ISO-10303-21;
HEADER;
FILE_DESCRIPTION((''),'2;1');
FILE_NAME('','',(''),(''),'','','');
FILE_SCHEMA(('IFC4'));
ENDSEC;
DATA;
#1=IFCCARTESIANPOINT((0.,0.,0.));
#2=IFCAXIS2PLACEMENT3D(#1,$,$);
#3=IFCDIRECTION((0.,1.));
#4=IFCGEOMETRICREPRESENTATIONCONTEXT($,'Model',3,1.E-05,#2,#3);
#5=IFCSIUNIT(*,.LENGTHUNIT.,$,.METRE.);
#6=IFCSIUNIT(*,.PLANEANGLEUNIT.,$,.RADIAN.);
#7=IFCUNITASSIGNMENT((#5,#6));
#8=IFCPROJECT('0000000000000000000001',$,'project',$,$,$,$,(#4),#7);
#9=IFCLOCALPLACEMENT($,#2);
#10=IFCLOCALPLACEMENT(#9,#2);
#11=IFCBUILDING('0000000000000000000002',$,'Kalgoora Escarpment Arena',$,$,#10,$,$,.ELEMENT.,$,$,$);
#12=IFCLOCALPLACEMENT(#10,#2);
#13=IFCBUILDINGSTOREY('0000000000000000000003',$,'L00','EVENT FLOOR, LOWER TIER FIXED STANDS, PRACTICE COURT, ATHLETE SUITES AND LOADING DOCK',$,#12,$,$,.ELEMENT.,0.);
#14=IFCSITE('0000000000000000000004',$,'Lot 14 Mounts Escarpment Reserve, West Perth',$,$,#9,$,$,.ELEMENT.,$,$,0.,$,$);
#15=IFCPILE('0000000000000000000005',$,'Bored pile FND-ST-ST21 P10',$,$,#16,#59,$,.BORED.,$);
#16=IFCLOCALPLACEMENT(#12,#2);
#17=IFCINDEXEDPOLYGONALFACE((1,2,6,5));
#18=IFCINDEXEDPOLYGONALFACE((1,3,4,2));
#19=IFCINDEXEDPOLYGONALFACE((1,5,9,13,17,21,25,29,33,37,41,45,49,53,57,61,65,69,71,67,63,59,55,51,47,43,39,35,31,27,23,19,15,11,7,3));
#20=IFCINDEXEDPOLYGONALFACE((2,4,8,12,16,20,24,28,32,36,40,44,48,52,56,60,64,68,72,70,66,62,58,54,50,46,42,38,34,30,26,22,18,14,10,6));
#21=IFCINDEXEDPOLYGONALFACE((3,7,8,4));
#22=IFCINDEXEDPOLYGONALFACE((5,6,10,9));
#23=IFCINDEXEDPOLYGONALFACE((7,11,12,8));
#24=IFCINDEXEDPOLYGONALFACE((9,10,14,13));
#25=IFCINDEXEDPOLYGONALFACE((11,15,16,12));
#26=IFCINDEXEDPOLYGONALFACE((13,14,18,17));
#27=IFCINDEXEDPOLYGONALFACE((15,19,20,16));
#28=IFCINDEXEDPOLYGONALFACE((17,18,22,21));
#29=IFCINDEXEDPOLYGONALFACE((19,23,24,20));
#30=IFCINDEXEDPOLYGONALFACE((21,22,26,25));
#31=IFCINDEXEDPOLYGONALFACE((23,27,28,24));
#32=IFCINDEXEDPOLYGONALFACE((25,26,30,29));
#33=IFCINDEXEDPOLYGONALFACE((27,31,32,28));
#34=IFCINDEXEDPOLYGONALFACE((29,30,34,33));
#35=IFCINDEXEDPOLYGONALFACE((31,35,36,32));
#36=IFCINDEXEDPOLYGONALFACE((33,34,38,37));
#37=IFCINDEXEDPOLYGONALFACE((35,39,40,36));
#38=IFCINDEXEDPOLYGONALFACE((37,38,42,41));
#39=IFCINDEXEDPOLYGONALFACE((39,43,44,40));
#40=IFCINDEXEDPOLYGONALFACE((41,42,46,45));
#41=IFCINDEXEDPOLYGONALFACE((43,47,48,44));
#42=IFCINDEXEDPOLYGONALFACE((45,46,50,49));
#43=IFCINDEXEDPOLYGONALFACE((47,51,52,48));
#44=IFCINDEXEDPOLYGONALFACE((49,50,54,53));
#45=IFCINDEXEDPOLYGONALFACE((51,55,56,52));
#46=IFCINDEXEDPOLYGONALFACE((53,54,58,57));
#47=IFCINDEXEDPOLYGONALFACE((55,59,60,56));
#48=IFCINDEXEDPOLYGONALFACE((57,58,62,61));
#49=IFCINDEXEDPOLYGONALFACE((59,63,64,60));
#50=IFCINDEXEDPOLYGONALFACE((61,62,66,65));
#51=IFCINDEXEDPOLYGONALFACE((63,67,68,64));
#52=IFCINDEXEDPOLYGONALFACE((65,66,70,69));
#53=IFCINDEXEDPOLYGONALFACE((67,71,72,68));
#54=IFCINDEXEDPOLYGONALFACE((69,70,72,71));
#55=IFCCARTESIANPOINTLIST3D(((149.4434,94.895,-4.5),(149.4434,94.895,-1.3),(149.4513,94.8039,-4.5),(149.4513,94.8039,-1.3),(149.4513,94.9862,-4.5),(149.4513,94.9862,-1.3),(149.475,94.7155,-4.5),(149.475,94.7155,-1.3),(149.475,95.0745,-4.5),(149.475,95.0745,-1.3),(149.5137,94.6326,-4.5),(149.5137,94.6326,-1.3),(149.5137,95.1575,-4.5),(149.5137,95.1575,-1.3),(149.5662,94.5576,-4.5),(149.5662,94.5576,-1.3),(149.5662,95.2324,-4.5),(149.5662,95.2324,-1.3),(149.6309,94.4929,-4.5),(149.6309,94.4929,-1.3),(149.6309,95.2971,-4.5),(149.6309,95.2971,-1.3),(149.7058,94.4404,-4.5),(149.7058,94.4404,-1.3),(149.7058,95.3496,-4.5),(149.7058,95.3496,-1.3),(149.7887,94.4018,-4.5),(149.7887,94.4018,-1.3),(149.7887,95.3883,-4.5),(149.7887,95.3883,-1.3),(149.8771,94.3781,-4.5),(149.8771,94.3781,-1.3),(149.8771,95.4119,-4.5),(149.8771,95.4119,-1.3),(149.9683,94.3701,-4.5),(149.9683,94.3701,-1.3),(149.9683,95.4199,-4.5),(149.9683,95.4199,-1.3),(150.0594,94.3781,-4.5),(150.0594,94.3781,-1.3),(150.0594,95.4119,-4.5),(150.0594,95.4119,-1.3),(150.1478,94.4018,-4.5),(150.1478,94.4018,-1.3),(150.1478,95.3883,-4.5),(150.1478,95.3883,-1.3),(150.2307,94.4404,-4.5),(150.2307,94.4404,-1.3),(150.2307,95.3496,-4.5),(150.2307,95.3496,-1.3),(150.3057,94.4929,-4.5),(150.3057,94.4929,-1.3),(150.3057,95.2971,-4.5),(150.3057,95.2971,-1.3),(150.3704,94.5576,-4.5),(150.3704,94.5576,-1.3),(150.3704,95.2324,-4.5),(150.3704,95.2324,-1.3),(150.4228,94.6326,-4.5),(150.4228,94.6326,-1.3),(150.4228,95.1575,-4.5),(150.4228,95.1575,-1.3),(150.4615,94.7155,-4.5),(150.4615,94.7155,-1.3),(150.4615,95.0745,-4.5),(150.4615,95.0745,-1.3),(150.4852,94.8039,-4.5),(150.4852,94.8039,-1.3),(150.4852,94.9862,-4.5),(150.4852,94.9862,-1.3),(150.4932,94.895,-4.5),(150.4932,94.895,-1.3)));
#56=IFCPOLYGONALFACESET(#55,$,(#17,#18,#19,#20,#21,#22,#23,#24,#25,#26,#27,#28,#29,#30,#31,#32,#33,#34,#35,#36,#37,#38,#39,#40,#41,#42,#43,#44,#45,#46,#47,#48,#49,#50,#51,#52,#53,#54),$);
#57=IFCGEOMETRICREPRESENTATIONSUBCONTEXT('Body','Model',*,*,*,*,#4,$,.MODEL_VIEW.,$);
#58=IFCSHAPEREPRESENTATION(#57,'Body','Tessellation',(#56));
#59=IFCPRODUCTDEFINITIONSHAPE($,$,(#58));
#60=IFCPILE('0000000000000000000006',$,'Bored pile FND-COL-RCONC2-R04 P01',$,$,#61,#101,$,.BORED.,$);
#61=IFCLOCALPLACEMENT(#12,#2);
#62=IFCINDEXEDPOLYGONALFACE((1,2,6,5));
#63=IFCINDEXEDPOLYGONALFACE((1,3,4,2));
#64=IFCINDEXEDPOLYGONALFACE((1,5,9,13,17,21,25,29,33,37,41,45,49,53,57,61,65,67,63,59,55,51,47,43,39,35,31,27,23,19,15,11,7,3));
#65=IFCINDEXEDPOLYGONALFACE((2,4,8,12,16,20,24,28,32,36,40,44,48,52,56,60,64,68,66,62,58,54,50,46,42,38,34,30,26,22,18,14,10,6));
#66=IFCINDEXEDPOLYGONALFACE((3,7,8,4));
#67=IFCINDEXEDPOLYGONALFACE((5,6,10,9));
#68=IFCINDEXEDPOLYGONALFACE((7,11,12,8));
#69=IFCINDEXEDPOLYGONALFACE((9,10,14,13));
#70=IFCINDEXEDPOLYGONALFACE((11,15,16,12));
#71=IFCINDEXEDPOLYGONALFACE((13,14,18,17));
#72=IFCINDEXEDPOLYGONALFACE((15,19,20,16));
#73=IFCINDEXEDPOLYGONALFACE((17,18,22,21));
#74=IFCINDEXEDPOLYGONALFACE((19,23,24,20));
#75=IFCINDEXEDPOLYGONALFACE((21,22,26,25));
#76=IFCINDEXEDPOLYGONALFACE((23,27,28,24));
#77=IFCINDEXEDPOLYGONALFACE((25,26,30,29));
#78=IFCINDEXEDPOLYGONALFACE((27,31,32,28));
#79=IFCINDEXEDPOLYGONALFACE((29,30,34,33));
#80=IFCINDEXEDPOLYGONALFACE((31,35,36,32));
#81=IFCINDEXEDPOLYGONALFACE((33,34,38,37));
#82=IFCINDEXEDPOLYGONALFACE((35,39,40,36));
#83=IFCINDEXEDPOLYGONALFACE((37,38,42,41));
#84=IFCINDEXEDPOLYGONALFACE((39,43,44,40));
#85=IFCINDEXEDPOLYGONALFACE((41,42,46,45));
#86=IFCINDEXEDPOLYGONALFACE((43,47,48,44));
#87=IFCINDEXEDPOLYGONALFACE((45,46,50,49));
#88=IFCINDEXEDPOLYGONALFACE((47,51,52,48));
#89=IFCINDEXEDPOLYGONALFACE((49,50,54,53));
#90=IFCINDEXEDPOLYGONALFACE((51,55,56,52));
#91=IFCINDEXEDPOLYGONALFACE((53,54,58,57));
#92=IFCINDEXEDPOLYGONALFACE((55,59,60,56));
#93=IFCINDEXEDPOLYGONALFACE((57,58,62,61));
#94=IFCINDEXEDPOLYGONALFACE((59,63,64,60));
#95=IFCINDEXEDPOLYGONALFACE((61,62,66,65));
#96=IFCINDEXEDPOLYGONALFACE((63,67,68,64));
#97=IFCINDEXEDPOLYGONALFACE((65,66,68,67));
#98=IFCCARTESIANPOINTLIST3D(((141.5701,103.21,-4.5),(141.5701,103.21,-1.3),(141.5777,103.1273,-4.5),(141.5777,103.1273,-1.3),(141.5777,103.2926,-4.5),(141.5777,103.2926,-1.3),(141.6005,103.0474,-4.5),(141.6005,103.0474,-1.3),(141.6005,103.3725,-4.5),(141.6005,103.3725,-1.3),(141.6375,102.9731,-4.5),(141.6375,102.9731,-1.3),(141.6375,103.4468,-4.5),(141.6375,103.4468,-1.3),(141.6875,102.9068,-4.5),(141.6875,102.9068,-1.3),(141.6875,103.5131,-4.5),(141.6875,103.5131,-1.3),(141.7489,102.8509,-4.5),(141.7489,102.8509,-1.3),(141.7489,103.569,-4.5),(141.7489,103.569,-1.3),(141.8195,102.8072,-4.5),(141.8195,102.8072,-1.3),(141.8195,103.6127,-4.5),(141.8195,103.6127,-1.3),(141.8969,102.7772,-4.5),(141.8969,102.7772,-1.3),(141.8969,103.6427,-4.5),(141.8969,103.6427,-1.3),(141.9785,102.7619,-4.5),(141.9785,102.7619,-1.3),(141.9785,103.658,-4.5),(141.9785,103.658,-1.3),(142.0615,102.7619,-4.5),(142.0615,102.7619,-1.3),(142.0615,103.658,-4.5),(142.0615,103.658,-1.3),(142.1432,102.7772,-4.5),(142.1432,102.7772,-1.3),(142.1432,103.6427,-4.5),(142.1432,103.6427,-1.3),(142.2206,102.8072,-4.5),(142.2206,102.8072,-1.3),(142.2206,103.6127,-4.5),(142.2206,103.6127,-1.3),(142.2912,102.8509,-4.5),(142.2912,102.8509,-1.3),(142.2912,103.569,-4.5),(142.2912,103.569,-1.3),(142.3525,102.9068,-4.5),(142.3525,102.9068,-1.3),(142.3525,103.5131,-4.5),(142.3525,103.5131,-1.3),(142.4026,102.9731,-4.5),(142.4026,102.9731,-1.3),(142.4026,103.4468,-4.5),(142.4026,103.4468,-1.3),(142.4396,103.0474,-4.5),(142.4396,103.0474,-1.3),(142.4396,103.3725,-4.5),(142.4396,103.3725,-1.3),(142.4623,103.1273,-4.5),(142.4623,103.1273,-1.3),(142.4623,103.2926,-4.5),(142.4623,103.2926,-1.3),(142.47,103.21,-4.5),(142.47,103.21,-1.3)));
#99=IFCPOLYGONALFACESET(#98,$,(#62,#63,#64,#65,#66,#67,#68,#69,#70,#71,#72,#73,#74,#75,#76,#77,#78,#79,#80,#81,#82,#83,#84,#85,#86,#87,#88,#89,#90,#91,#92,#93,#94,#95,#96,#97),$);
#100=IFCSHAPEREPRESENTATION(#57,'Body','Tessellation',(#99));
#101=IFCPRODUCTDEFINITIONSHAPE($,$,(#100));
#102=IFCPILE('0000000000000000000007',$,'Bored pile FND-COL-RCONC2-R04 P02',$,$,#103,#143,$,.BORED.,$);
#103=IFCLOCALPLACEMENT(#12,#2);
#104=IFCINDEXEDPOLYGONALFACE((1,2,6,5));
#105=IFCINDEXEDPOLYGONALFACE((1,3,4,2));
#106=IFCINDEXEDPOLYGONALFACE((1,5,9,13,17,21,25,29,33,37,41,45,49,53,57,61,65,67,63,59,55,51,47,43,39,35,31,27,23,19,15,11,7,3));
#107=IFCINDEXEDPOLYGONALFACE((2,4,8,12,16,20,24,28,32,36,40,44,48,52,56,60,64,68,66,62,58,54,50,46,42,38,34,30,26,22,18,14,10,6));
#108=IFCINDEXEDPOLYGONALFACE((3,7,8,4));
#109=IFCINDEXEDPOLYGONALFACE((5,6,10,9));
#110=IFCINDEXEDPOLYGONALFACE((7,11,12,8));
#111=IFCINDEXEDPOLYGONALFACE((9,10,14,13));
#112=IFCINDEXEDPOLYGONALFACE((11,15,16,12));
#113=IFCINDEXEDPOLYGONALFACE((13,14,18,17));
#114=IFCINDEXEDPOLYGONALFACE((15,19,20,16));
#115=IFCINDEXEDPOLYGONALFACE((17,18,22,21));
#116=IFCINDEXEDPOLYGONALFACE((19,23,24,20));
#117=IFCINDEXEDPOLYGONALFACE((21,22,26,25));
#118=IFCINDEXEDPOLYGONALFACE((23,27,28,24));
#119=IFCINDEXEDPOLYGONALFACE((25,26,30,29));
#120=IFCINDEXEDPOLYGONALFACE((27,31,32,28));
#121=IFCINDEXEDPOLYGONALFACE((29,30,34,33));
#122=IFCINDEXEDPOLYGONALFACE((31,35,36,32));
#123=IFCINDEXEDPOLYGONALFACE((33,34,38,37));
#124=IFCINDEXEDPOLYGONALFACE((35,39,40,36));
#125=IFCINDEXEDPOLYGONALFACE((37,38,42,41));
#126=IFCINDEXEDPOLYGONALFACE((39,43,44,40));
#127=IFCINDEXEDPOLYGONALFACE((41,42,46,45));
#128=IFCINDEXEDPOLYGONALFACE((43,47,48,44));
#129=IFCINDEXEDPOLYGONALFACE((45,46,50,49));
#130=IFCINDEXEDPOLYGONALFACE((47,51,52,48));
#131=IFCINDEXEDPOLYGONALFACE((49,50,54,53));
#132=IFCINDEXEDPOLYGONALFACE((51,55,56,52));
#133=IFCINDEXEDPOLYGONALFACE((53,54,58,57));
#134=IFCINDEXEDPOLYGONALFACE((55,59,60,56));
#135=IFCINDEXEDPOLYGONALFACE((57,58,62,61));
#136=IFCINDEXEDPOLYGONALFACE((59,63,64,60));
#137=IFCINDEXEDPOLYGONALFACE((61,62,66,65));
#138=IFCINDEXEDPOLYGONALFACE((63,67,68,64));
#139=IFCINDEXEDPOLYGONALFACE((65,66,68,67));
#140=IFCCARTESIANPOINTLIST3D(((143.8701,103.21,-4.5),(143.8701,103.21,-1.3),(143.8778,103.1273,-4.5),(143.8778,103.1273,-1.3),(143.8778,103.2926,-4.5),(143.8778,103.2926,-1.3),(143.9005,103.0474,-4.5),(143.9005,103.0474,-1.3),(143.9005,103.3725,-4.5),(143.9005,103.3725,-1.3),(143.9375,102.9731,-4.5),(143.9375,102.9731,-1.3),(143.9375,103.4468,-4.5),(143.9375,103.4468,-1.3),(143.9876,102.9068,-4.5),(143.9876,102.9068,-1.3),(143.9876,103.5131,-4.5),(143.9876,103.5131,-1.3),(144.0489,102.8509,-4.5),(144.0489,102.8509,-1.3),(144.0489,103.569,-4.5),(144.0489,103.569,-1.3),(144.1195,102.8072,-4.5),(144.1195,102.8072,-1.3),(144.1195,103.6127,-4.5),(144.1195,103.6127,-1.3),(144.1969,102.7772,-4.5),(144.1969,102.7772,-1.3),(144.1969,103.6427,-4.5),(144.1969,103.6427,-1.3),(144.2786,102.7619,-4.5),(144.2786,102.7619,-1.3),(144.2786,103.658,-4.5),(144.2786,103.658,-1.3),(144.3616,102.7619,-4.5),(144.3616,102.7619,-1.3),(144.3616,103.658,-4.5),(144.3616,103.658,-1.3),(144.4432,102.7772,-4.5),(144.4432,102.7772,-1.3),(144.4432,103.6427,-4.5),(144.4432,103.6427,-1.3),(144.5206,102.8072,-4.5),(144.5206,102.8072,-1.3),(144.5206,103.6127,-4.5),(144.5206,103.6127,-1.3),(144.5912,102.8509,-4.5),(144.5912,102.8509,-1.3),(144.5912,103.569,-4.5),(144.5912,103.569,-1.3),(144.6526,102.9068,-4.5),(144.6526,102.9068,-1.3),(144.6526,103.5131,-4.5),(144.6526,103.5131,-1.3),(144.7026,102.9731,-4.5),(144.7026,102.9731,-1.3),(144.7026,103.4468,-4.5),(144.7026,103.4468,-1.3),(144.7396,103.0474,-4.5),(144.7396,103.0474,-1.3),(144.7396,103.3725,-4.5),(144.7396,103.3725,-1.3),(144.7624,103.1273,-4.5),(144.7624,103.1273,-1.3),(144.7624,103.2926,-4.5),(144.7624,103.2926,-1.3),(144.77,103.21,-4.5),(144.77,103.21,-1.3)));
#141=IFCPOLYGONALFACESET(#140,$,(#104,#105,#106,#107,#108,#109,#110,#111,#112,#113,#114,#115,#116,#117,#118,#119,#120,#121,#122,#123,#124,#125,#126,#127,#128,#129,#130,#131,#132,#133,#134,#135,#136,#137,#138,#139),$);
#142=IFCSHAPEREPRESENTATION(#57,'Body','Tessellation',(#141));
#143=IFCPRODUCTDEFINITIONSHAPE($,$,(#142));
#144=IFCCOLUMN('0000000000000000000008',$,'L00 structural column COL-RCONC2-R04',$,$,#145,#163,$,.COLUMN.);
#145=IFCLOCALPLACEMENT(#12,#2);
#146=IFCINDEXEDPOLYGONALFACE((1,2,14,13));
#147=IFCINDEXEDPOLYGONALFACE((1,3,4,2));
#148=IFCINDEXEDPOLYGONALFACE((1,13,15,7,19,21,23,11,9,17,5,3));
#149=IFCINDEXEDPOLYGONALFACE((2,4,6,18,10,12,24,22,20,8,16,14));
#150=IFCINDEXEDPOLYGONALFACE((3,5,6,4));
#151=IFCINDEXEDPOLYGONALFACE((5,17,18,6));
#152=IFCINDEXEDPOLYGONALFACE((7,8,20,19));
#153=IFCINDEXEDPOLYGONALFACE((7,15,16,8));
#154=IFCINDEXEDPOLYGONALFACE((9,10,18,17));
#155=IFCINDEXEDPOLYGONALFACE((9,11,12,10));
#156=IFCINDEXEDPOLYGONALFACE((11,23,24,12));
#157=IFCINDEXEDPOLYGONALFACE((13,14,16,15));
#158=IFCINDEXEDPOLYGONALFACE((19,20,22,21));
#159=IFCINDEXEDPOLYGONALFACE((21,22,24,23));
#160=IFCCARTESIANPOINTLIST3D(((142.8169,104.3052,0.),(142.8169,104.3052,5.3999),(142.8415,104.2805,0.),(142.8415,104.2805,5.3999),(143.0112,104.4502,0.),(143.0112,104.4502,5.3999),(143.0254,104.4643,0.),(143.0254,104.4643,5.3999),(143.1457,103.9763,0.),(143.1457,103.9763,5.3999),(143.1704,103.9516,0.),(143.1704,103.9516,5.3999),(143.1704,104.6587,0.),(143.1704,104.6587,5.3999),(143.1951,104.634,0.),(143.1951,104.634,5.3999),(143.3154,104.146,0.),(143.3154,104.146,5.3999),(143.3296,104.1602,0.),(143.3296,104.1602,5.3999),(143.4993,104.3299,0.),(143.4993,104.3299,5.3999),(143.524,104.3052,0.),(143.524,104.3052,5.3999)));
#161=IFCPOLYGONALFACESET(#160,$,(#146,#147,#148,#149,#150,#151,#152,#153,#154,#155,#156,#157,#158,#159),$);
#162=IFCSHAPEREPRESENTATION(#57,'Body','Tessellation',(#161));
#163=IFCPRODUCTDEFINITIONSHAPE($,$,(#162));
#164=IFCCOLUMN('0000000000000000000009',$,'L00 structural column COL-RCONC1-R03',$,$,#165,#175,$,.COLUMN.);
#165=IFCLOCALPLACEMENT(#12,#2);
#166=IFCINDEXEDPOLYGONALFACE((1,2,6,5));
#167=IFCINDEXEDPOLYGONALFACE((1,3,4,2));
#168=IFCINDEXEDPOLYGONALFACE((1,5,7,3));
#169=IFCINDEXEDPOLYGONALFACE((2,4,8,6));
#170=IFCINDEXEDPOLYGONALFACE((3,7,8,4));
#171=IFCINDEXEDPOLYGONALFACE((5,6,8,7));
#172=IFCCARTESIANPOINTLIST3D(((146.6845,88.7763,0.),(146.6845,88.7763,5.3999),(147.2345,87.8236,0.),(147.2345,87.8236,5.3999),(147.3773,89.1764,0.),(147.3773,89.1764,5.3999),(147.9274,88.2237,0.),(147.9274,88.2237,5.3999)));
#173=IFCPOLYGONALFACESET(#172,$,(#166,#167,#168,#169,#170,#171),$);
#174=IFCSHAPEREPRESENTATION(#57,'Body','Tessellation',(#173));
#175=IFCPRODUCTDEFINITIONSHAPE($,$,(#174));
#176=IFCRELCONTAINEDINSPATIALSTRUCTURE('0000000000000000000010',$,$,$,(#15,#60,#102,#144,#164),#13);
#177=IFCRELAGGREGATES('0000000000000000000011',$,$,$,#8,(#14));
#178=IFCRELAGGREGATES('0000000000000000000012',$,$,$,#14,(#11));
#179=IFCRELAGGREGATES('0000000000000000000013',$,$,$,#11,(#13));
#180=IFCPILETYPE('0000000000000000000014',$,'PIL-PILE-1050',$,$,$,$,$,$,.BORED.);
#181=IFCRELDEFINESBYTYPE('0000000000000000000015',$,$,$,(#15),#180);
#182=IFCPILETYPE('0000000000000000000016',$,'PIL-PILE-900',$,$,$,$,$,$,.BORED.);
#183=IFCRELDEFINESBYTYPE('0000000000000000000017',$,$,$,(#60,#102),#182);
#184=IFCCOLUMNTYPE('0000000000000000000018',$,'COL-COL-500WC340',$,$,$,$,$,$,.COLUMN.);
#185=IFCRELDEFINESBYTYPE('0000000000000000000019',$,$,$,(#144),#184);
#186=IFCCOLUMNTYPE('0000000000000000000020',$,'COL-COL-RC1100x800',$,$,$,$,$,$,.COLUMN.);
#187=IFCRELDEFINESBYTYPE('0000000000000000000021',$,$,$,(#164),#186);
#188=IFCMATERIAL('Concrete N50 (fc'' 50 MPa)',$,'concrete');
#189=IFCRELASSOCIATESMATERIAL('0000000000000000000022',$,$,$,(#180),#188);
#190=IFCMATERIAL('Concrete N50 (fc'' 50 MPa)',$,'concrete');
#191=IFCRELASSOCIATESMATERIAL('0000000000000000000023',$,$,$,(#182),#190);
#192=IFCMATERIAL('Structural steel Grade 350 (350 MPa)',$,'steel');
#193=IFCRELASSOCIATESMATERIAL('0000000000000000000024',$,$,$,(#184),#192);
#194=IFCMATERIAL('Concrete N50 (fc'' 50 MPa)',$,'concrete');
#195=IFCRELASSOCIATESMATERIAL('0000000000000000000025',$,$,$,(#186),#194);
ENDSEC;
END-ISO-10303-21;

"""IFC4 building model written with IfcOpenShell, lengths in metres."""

from ifc_helpers import new_model, si_unit, direction, frame, origin, origin_2d, place, context, subcontext, project, spatial, rectangle, circle, i_section, extrude, material, material_profile, profile_set, type_object, element, save


model = new_model("IFC4")

# Units and contexts
model_context = context("Model", 3, precision=1e-05, world=origin(), true_north=direction((0.0, 1.0)))
body_context = subcontext(model_context, "Body", "Model", "MODEL_VIEW")
ifc_project = project(units=[si_unit("LENGTHUNIT", "METRE"), si_unit("PLANEANGLEUNIT", "RADIAN")], contexts=[model_context])

# Site, building, storey
site_placement = place(None, origin())
site = spatial("IfcSite", under=ifc_project, at=site_placement, Name="Lot 14 Mounts Escarpment Reserve, West Perth", CompositionType="ELEMENT", RefElevation=0.0)
building_placement = place(site_placement, origin())
building = spatial("IfcBuilding", under=site, at=building_placement, Name="Kalgoora Escarpment Arena", CompositionType="ELEMENT")
storey_placement = place(building_placement, origin())
storey = spatial("IfcBuildingStorey", under=building, at=storey_placement, Name="L00", Description="EVENT FLOOR, LOWER TIER FIXED STANDS, PRACTICE COURT, ATHLETE SUITES AND LOADING DOCK", CompositionType="ELEMENT", Elevation=0.0)

# Piles
ifc_material_1 = material(Name="Concrete N50 (fc' 50 MPa)", Category="concrete")
ifc_material_profile_1 = material_profile(ifc_material_1, circle(Radius=0.5249, at=origin_2d()))
ifc_profile_set_1 = profile_set([ifc_material_profile_1], Name="Concrete N50 (fc' 50 MPa)")
pile_type_1 = type_object("IfcPileType", Name="PIL-PILE-1050", PredefinedType="BORED", material=ifc_profile_set_1)
for number, where, z_axis, x_axis, name in (
    (1, (149.9683, 94.895, -1.3), (0.0, 0.0, -1.0), (1.0, 0.0, 0.0), "Bored pile FND-ST-ST21 P10"),
):
    element("IfcPile", number, at=place(storey_placement, frame(where, z_axis=z_axis, x_axis=x_axis)), inside=storey, type_object=pile_type_1, Name=name, PredefinedType="BORED", context=body_context, shape_type="SweptSolid", body=[
        extrude(circle(Radius=0.5249, at=origin_2d()), origin(), (0.0, 0.0, 1.0), 3.2),
    ])
ifc_material_2 = material(Name="Concrete N50 (fc' 50 MPa)", Category="concrete")
ifc_material_profile_2 = material_profile(ifc_material_2, circle(Radius=0.45, at=origin_2d()))
ifc_profile_set_2 = profile_set([ifc_material_profile_2], Name="Concrete N50 (fc' 50 MPa)")
pile_type_2 = type_object("IfcPileType", Name="PIL-PILE-900", PredefinedType="BORED", material=ifc_profile_set_2)
for number, where, z_axis, x_axis, name in (
    (2, (142.02, 103.21, -1.3), (0.0, 0.0, -1.0), (1.0, 0.0, 0.0), "Bored pile FND-COL-RCONC2-R04 P01"),
    (3, (144.3201, 103.21, -1.3), (0.0, 0.0, -1.0), (1.0, 0.0, 0.0), "Bored pile FND-COL-RCONC2-R04 P02"),
):
    element("IfcPile", number, at=place(storey_placement, frame(where, z_axis=z_axis, x_axis=x_axis)), inside=storey, type_object=pile_type_2, Name=name, PredefinedType="BORED", context=body_context, shape_type="SweptSolid", body=[
        extrude(circle(Radius=0.45, at=origin_2d()), origin(), (0.0, 0.0, 1.0), 3.2),
    ])

# Columns
ifc_material_3 = material(Name="Structural steel Grade 350 (350 MPa)", Category="steel")
ifc_material_profile_3 = material_profile(ifc_material_3, i_section(OverallWidth=0.5, OverallDepth=0.5, WebThickness=0.02, FlangeThickness=0.0349, at=origin_2d()))
ifc_profile_set_3 = profile_set([ifc_material_profile_3], Name="Structural steel Grade 350 (350 MPa)")
column_type_1 = type_object("IfcColumnType", Name="COL-COL-500WC340", PredefinedType="COLUMN", material=ifc_profile_set_3)
column_1_placement = place(storey_placement, frame((143.1704, 104.3052, 0.0), z_axis=(0.0, 0.0, 1.0), x_axis=(0.707107, 0.707107, 0.0)))
element("IfcColumn", 4, at=column_1_placement, inside=storey, type_object=column_type_1, Name="L00 structural column COL-RCONC2-R04", PredefinedType="COLUMN", context=body_context, shape_type="SweptSolid", body=[
    extrude(i_section(OverallWidth=0.5, OverallDepth=0.5, WebThickness=0.02, FlangeThickness=0.0349, at=origin_2d()), origin(), (0.0, 0.0, 1.0), 5.3999),
])
ifc_material_4 = material(Name="Concrete N50 (fc' 50 MPa)", Category="concrete")
ifc_material_profile_4 = material_profile(ifc_material_4, rectangle(XDim=0.8, YDim=1.1001, at=origin_2d()))
ifc_profile_set_4 = profile_set([ifc_material_profile_4], Name="Concrete N50 (fc' 50 MPa)")
column_type_2 = type_object("IfcColumnType", Name="COL-COL-RC1100x800", PredefinedType="COLUMN", material=ifc_profile_set_4)
column_2_placement = place(storey_placement, frame((147.3059, 88.5, 0.0), z_axis=(0.0, 0.0, 1.0), x_axis=(0.866025, 0.5, 0.0)))
element("IfcColumn", 5, at=column_2_placement, inside=storey, type_object=column_type_2, Name="L00 structural column COL-RCONC1-R03", PredefinedType="COLUMN", context=body_context, shape_type="SweptSolid", body=[
    extrude(rectangle(XDim=0.8, YDim=1.1001, at=origin_2d()), origin(), (0.0, 0.0, 1.0), 5.3999),
])

save(model, "model.ifc")
